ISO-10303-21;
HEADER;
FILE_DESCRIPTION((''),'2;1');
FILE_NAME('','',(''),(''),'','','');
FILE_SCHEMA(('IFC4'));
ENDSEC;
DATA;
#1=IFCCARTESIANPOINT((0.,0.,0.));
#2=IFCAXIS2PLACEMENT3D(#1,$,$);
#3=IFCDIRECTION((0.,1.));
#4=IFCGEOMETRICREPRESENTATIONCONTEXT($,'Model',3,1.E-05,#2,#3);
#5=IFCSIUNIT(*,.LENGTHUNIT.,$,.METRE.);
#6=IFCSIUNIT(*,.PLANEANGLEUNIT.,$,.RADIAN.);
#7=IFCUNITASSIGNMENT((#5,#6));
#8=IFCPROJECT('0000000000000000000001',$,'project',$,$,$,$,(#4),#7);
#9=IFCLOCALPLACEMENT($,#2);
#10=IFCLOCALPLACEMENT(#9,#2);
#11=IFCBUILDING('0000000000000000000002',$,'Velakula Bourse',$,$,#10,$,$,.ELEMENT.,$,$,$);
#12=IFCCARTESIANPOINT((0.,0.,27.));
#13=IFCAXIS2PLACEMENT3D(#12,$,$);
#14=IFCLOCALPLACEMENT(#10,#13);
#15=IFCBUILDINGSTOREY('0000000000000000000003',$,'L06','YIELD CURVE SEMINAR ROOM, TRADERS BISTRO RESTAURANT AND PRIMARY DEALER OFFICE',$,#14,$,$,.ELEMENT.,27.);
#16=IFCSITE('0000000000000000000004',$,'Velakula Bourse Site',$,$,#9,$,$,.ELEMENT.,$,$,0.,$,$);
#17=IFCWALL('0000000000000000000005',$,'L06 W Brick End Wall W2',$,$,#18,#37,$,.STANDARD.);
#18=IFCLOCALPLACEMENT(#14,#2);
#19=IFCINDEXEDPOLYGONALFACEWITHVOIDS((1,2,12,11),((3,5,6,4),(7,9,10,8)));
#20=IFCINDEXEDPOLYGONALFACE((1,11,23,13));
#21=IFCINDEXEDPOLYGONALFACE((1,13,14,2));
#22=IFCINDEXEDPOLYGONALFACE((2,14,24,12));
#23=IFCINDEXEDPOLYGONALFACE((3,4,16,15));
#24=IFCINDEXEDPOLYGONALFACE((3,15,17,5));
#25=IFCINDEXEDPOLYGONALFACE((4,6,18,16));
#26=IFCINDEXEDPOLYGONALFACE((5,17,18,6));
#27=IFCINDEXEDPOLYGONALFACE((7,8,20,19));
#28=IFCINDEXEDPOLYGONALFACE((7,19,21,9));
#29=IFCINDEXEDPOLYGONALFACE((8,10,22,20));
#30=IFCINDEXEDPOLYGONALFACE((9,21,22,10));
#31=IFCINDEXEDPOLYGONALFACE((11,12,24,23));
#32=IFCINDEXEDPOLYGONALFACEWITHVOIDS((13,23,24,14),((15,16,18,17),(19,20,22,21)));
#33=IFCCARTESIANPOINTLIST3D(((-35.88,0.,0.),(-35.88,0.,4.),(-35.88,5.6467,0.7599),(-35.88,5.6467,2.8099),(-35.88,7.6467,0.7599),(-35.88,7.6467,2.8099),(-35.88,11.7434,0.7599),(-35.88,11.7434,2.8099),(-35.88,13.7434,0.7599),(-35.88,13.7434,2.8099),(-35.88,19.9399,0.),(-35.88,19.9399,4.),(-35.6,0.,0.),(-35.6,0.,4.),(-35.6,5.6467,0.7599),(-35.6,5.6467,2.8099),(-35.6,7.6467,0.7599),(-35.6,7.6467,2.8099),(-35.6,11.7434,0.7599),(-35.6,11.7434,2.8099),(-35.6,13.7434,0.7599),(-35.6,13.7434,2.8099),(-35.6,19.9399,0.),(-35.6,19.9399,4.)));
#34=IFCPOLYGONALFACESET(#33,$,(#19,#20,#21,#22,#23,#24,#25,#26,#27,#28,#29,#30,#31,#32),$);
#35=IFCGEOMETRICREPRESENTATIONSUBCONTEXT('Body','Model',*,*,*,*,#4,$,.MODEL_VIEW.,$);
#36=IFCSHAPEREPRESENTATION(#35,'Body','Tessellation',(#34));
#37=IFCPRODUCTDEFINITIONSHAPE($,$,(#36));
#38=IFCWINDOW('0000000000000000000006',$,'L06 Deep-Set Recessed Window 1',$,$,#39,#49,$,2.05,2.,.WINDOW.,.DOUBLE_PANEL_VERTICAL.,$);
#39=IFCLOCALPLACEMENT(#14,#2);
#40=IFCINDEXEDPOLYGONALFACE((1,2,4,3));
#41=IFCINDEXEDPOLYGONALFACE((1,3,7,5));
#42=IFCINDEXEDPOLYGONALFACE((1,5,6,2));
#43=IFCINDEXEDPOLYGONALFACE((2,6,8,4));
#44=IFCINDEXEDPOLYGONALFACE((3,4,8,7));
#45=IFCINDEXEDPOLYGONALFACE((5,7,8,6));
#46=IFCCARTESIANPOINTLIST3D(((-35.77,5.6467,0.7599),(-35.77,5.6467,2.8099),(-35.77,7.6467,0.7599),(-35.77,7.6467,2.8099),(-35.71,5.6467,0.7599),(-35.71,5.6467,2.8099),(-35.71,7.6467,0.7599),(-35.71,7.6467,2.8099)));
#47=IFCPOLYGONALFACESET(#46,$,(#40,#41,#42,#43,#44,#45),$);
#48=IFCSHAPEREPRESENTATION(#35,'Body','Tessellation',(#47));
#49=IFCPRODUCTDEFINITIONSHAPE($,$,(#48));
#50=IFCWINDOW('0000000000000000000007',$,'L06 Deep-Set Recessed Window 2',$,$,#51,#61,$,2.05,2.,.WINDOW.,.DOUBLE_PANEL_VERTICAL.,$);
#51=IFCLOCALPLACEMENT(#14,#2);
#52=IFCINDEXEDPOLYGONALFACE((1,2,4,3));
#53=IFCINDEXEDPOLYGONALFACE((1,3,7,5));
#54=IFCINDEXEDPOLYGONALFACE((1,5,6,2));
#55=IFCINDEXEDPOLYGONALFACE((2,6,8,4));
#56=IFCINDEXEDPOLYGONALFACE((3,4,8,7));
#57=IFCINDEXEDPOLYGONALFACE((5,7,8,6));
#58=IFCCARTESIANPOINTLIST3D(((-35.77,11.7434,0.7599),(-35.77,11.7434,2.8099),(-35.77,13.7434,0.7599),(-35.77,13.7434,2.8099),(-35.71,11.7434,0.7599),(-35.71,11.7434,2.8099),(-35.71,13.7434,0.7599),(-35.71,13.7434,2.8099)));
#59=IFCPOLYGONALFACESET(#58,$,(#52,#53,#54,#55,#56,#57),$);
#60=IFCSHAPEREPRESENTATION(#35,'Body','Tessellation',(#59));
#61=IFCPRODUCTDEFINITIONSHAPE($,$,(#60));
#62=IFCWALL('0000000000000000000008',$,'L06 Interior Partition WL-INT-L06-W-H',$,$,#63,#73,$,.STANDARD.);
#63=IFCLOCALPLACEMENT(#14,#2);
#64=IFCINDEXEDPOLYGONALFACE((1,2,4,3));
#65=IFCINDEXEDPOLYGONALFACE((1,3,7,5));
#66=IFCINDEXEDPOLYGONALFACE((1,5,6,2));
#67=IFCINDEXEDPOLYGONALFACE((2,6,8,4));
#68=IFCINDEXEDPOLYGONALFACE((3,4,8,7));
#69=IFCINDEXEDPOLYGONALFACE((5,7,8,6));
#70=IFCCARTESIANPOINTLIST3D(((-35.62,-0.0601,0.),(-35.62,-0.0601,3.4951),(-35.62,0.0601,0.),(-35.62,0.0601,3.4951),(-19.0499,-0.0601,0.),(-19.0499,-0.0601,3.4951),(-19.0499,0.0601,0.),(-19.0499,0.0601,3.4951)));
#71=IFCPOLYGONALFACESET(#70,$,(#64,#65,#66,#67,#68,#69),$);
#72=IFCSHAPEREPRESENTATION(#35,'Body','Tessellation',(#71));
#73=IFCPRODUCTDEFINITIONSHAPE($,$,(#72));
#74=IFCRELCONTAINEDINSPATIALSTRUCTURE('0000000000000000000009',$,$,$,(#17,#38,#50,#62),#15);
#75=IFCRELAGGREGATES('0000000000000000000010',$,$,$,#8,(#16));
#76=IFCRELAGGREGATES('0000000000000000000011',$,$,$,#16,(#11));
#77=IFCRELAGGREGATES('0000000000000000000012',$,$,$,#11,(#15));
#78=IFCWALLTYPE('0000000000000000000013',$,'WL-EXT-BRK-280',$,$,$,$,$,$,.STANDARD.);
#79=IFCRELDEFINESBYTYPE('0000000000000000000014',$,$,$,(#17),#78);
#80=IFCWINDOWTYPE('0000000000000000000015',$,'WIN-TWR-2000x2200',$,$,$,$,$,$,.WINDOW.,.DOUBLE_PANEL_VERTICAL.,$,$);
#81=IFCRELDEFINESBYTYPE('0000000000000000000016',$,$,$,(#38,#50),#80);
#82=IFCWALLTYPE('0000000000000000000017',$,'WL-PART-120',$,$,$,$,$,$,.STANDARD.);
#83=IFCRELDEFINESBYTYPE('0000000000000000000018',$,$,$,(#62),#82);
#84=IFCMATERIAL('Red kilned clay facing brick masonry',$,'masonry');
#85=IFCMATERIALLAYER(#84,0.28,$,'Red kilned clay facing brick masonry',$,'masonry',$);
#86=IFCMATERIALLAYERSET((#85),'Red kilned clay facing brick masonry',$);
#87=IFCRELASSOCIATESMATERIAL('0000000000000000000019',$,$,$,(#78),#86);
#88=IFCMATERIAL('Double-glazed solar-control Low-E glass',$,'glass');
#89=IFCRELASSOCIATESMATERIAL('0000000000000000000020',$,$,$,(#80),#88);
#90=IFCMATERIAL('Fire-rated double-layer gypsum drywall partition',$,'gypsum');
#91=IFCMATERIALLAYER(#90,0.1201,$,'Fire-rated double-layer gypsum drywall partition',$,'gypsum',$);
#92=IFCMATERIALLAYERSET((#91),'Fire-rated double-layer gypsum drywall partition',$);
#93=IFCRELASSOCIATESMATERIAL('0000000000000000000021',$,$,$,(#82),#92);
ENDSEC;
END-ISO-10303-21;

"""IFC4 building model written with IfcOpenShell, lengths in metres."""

from ifc_helpers import new_model, si_unit, direction, frame, frame_2d, origin, place, context, subcontext, project, spatial, rectangle, extrude, material, layer, layer_set, type_object, element, fill, save


model = new_model("IFC4")

# Units and contexts
model_context = context("Model", 3, precision=1e-05, world=origin(), true_north=direction((0.0, 1.0)))
body_context = subcontext(model_context, "Body", "Model", "MODEL_VIEW")
ifc_project = project(units=[si_unit("LENGTHUNIT", "METRE"), si_unit("PLANEANGLEUNIT", "RADIAN")], contexts=[model_context])

# Site, building, storey
site_placement = place(None, origin())
site = spatial("IfcSite", under=ifc_project, at=site_placement, Name="Velakula Bourse Site", CompositionType="ELEMENT", RefElevation=0.0)
building_placement = place(site_placement, origin())
building = spatial("IfcBuilding", under=site, at=building_placement, Name="Velakula Bourse", CompositionType="ELEMENT")
storey_placement = place(building_placement, frame((0.0, 0.0, 27.0)))
storey = spatial("IfcBuildingStorey", under=building, at=storey_placement, Name="L06", Description="YIELD CURVE SEMINAR ROOM, TRADERS BISTRO RESTAURANT AND PRIMARY DEALER OFFICE", CompositionType="ELEMENT", Elevation=27.0)

# Wall, openings, windows
ifc_material_1 = material(Name="Red kilned clay facing brick masonry", Category="masonry")
ifc_layer_1 = layer(ifc_material_1, 0.28, Name="Red kilned clay facing brick masonry", Category="masonry")
ifc_layer_set_1 = layer_set([ifc_layer_1], Name="Red kilned clay facing brick masonry")
wall_type_1 = type_object("IfcWallType", Name="WL-EXT-BRK-280", PredefinedType="STANDARD", material=ifc_layer_set_1)
wall_1_placement = place(storey_placement, frame((-35.74, 0.0, 0.0), z_axis=(0.0, 0.0, 1.0), x_axis=(0.0, 1.0, 0.0)))
wall_1 = element("IfcWall", 1, at=wall_1_placement, inside=storey, type_object=wall_type_1, Name="L06 W Brick End Wall W2", PredefinedType="STANDARD", context=body_context, shape_type="SweptSolid", body=[
    extrude(rectangle(XDim=19.9399, YDim=0.28, at=frame_2d((9.97, 0.0))), origin(), (0.0, 0.0, 1.0), 4.0),
])
opening_1_placement = place(wall_1_placement, frame((5.6467, 0.0, 0.76)))
opening_1 = element("IfcOpeningElement", 2, at=opening_1_placement, cuts=wall_1, PredefinedType="OPENING", context=body_context, shape_type="SweptSolid", body=[
    extrude(rectangle(XDim=2.0, YDim=2.05, at=frame_2d((1.0, 1.0249))), frame((0.0, 0.1499, 0.0), z_axis=(0.0, -1.0, 0.0), x_axis=(1.0, 0.0, 0.0)), (0.0, 0.0, 1.0), 0.3),
])
opening_2_placement = place(wall_1_placement, frame((11.7434, 0.0, 0.76)))
opening_2 = element("IfcOpeningElement", 3, at=opening_2_placement, cuts=wall_1, PredefinedType="OPENING", context=body_context, shape_type="SweptSolid", body=[
    extrude(rectangle(XDim=2.0, YDim=2.05, at=frame_2d((1.0, 1.0249))), frame((0.0, 0.1499, 0.0), z_axis=(0.0, -1.0, 0.0), x_axis=(1.0, 0.0, 0.0)), (0.0, 0.0, 1.0), 0.3),
])
ifc_material_2 = material(Name="Double-glazed solar-control Low-E glass", Category="glass")
window_type = type_object("IfcWindowType", Name="WIN-TWR-2000x2200", PartitioningType="DOUBLE_PANEL_VERTICAL", PredefinedType="WINDOW", material=ifc_material_2)
window_1_placement = place(opening_1_placement, origin())
window_1 = element("IfcWindow", 4, at=window_1_placement, inside=storey, type_object=window_type, Name="L06 Deep-Set Recessed Window 1", OverallHeight=2.05, OverallWidth=2.0, PartitioningType="DOUBLE_PANEL_VERTICAL", PredefinedType="WINDOW", context=body_context, shape_type="SweptSolid", body=[
    extrude(rectangle(XDim=2.0, YDim=2.05, at=frame_2d((1.0, 1.0249))), frame((0.0, 0.03, 0.0), z_axis=(0.0, -1.0, 0.0), x_axis=(1.0, 0.0, 0.0)), (0.0, 0.0, 1.0), 0.0601),
])
fill(opening_1, window_1)
window_2_placement = place(opening_2_placement, origin())
window_2 = element("IfcWindow", 5, at=window_2_placement, inside=storey, type_object=window_type, Name="L06 Deep-Set Recessed Window 2", OverallHeight=2.05, OverallWidth=2.0, PartitioningType="DOUBLE_PANEL_VERTICAL", PredefinedType="WINDOW", context=body_context, shape_type="SweptSolid", body=[
    extrude(rectangle(XDim=2.0, YDim=2.05, at=frame_2d((1.0, 1.0249))), frame((0.0, 0.03, 0.0), z_axis=(0.0, -1.0, 0.0), x_axis=(1.0, 0.0, 0.0)), (0.0, 0.0, 1.0), 0.0601),
])
fill(opening_2, window_2)

# Wall
ifc_material_3 = material(Name="Fire-rated double-layer gypsum drywall partition", Category="gypsum")
ifc_layer_2 = layer(ifc_material_3, 0.1201, Name="Fire-rated double-layer gypsum drywall partition", Category="gypsum")
ifc_layer_set_2 = layer_set([ifc_layer_2], Name="Fire-rated double-layer gypsum drywall partition")
wall_type_2 = type_object("IfcWallType", Name="WL-PART-120", PredefinedType="STANDARD", material=ifc_layer_set_2)
wall_2_placement = place(storey_placement, frame((-35.6201, 0.0, 0.0), z_axis=(0.0, 0.0, 1.0), x_axis=(1.0, 0.0, 0.0)))
element("IfcWall", 6, at=wall_2_placement, inside=storey, type_object=wall_type_2, Name="L06 Interior Partition WL-INT-L06-W-H", PredefinedType="STANDARD", context=body_context, shape_type="SweptSolid", body=[
    extrude(rectangle(XDim=16.5701, YDim=0.1201, at=frame_2d((8.2852, 0.0))), origin(), (0.0, 0.0, 1.0), 3.4951),
])

save(model, "model.ifc")
